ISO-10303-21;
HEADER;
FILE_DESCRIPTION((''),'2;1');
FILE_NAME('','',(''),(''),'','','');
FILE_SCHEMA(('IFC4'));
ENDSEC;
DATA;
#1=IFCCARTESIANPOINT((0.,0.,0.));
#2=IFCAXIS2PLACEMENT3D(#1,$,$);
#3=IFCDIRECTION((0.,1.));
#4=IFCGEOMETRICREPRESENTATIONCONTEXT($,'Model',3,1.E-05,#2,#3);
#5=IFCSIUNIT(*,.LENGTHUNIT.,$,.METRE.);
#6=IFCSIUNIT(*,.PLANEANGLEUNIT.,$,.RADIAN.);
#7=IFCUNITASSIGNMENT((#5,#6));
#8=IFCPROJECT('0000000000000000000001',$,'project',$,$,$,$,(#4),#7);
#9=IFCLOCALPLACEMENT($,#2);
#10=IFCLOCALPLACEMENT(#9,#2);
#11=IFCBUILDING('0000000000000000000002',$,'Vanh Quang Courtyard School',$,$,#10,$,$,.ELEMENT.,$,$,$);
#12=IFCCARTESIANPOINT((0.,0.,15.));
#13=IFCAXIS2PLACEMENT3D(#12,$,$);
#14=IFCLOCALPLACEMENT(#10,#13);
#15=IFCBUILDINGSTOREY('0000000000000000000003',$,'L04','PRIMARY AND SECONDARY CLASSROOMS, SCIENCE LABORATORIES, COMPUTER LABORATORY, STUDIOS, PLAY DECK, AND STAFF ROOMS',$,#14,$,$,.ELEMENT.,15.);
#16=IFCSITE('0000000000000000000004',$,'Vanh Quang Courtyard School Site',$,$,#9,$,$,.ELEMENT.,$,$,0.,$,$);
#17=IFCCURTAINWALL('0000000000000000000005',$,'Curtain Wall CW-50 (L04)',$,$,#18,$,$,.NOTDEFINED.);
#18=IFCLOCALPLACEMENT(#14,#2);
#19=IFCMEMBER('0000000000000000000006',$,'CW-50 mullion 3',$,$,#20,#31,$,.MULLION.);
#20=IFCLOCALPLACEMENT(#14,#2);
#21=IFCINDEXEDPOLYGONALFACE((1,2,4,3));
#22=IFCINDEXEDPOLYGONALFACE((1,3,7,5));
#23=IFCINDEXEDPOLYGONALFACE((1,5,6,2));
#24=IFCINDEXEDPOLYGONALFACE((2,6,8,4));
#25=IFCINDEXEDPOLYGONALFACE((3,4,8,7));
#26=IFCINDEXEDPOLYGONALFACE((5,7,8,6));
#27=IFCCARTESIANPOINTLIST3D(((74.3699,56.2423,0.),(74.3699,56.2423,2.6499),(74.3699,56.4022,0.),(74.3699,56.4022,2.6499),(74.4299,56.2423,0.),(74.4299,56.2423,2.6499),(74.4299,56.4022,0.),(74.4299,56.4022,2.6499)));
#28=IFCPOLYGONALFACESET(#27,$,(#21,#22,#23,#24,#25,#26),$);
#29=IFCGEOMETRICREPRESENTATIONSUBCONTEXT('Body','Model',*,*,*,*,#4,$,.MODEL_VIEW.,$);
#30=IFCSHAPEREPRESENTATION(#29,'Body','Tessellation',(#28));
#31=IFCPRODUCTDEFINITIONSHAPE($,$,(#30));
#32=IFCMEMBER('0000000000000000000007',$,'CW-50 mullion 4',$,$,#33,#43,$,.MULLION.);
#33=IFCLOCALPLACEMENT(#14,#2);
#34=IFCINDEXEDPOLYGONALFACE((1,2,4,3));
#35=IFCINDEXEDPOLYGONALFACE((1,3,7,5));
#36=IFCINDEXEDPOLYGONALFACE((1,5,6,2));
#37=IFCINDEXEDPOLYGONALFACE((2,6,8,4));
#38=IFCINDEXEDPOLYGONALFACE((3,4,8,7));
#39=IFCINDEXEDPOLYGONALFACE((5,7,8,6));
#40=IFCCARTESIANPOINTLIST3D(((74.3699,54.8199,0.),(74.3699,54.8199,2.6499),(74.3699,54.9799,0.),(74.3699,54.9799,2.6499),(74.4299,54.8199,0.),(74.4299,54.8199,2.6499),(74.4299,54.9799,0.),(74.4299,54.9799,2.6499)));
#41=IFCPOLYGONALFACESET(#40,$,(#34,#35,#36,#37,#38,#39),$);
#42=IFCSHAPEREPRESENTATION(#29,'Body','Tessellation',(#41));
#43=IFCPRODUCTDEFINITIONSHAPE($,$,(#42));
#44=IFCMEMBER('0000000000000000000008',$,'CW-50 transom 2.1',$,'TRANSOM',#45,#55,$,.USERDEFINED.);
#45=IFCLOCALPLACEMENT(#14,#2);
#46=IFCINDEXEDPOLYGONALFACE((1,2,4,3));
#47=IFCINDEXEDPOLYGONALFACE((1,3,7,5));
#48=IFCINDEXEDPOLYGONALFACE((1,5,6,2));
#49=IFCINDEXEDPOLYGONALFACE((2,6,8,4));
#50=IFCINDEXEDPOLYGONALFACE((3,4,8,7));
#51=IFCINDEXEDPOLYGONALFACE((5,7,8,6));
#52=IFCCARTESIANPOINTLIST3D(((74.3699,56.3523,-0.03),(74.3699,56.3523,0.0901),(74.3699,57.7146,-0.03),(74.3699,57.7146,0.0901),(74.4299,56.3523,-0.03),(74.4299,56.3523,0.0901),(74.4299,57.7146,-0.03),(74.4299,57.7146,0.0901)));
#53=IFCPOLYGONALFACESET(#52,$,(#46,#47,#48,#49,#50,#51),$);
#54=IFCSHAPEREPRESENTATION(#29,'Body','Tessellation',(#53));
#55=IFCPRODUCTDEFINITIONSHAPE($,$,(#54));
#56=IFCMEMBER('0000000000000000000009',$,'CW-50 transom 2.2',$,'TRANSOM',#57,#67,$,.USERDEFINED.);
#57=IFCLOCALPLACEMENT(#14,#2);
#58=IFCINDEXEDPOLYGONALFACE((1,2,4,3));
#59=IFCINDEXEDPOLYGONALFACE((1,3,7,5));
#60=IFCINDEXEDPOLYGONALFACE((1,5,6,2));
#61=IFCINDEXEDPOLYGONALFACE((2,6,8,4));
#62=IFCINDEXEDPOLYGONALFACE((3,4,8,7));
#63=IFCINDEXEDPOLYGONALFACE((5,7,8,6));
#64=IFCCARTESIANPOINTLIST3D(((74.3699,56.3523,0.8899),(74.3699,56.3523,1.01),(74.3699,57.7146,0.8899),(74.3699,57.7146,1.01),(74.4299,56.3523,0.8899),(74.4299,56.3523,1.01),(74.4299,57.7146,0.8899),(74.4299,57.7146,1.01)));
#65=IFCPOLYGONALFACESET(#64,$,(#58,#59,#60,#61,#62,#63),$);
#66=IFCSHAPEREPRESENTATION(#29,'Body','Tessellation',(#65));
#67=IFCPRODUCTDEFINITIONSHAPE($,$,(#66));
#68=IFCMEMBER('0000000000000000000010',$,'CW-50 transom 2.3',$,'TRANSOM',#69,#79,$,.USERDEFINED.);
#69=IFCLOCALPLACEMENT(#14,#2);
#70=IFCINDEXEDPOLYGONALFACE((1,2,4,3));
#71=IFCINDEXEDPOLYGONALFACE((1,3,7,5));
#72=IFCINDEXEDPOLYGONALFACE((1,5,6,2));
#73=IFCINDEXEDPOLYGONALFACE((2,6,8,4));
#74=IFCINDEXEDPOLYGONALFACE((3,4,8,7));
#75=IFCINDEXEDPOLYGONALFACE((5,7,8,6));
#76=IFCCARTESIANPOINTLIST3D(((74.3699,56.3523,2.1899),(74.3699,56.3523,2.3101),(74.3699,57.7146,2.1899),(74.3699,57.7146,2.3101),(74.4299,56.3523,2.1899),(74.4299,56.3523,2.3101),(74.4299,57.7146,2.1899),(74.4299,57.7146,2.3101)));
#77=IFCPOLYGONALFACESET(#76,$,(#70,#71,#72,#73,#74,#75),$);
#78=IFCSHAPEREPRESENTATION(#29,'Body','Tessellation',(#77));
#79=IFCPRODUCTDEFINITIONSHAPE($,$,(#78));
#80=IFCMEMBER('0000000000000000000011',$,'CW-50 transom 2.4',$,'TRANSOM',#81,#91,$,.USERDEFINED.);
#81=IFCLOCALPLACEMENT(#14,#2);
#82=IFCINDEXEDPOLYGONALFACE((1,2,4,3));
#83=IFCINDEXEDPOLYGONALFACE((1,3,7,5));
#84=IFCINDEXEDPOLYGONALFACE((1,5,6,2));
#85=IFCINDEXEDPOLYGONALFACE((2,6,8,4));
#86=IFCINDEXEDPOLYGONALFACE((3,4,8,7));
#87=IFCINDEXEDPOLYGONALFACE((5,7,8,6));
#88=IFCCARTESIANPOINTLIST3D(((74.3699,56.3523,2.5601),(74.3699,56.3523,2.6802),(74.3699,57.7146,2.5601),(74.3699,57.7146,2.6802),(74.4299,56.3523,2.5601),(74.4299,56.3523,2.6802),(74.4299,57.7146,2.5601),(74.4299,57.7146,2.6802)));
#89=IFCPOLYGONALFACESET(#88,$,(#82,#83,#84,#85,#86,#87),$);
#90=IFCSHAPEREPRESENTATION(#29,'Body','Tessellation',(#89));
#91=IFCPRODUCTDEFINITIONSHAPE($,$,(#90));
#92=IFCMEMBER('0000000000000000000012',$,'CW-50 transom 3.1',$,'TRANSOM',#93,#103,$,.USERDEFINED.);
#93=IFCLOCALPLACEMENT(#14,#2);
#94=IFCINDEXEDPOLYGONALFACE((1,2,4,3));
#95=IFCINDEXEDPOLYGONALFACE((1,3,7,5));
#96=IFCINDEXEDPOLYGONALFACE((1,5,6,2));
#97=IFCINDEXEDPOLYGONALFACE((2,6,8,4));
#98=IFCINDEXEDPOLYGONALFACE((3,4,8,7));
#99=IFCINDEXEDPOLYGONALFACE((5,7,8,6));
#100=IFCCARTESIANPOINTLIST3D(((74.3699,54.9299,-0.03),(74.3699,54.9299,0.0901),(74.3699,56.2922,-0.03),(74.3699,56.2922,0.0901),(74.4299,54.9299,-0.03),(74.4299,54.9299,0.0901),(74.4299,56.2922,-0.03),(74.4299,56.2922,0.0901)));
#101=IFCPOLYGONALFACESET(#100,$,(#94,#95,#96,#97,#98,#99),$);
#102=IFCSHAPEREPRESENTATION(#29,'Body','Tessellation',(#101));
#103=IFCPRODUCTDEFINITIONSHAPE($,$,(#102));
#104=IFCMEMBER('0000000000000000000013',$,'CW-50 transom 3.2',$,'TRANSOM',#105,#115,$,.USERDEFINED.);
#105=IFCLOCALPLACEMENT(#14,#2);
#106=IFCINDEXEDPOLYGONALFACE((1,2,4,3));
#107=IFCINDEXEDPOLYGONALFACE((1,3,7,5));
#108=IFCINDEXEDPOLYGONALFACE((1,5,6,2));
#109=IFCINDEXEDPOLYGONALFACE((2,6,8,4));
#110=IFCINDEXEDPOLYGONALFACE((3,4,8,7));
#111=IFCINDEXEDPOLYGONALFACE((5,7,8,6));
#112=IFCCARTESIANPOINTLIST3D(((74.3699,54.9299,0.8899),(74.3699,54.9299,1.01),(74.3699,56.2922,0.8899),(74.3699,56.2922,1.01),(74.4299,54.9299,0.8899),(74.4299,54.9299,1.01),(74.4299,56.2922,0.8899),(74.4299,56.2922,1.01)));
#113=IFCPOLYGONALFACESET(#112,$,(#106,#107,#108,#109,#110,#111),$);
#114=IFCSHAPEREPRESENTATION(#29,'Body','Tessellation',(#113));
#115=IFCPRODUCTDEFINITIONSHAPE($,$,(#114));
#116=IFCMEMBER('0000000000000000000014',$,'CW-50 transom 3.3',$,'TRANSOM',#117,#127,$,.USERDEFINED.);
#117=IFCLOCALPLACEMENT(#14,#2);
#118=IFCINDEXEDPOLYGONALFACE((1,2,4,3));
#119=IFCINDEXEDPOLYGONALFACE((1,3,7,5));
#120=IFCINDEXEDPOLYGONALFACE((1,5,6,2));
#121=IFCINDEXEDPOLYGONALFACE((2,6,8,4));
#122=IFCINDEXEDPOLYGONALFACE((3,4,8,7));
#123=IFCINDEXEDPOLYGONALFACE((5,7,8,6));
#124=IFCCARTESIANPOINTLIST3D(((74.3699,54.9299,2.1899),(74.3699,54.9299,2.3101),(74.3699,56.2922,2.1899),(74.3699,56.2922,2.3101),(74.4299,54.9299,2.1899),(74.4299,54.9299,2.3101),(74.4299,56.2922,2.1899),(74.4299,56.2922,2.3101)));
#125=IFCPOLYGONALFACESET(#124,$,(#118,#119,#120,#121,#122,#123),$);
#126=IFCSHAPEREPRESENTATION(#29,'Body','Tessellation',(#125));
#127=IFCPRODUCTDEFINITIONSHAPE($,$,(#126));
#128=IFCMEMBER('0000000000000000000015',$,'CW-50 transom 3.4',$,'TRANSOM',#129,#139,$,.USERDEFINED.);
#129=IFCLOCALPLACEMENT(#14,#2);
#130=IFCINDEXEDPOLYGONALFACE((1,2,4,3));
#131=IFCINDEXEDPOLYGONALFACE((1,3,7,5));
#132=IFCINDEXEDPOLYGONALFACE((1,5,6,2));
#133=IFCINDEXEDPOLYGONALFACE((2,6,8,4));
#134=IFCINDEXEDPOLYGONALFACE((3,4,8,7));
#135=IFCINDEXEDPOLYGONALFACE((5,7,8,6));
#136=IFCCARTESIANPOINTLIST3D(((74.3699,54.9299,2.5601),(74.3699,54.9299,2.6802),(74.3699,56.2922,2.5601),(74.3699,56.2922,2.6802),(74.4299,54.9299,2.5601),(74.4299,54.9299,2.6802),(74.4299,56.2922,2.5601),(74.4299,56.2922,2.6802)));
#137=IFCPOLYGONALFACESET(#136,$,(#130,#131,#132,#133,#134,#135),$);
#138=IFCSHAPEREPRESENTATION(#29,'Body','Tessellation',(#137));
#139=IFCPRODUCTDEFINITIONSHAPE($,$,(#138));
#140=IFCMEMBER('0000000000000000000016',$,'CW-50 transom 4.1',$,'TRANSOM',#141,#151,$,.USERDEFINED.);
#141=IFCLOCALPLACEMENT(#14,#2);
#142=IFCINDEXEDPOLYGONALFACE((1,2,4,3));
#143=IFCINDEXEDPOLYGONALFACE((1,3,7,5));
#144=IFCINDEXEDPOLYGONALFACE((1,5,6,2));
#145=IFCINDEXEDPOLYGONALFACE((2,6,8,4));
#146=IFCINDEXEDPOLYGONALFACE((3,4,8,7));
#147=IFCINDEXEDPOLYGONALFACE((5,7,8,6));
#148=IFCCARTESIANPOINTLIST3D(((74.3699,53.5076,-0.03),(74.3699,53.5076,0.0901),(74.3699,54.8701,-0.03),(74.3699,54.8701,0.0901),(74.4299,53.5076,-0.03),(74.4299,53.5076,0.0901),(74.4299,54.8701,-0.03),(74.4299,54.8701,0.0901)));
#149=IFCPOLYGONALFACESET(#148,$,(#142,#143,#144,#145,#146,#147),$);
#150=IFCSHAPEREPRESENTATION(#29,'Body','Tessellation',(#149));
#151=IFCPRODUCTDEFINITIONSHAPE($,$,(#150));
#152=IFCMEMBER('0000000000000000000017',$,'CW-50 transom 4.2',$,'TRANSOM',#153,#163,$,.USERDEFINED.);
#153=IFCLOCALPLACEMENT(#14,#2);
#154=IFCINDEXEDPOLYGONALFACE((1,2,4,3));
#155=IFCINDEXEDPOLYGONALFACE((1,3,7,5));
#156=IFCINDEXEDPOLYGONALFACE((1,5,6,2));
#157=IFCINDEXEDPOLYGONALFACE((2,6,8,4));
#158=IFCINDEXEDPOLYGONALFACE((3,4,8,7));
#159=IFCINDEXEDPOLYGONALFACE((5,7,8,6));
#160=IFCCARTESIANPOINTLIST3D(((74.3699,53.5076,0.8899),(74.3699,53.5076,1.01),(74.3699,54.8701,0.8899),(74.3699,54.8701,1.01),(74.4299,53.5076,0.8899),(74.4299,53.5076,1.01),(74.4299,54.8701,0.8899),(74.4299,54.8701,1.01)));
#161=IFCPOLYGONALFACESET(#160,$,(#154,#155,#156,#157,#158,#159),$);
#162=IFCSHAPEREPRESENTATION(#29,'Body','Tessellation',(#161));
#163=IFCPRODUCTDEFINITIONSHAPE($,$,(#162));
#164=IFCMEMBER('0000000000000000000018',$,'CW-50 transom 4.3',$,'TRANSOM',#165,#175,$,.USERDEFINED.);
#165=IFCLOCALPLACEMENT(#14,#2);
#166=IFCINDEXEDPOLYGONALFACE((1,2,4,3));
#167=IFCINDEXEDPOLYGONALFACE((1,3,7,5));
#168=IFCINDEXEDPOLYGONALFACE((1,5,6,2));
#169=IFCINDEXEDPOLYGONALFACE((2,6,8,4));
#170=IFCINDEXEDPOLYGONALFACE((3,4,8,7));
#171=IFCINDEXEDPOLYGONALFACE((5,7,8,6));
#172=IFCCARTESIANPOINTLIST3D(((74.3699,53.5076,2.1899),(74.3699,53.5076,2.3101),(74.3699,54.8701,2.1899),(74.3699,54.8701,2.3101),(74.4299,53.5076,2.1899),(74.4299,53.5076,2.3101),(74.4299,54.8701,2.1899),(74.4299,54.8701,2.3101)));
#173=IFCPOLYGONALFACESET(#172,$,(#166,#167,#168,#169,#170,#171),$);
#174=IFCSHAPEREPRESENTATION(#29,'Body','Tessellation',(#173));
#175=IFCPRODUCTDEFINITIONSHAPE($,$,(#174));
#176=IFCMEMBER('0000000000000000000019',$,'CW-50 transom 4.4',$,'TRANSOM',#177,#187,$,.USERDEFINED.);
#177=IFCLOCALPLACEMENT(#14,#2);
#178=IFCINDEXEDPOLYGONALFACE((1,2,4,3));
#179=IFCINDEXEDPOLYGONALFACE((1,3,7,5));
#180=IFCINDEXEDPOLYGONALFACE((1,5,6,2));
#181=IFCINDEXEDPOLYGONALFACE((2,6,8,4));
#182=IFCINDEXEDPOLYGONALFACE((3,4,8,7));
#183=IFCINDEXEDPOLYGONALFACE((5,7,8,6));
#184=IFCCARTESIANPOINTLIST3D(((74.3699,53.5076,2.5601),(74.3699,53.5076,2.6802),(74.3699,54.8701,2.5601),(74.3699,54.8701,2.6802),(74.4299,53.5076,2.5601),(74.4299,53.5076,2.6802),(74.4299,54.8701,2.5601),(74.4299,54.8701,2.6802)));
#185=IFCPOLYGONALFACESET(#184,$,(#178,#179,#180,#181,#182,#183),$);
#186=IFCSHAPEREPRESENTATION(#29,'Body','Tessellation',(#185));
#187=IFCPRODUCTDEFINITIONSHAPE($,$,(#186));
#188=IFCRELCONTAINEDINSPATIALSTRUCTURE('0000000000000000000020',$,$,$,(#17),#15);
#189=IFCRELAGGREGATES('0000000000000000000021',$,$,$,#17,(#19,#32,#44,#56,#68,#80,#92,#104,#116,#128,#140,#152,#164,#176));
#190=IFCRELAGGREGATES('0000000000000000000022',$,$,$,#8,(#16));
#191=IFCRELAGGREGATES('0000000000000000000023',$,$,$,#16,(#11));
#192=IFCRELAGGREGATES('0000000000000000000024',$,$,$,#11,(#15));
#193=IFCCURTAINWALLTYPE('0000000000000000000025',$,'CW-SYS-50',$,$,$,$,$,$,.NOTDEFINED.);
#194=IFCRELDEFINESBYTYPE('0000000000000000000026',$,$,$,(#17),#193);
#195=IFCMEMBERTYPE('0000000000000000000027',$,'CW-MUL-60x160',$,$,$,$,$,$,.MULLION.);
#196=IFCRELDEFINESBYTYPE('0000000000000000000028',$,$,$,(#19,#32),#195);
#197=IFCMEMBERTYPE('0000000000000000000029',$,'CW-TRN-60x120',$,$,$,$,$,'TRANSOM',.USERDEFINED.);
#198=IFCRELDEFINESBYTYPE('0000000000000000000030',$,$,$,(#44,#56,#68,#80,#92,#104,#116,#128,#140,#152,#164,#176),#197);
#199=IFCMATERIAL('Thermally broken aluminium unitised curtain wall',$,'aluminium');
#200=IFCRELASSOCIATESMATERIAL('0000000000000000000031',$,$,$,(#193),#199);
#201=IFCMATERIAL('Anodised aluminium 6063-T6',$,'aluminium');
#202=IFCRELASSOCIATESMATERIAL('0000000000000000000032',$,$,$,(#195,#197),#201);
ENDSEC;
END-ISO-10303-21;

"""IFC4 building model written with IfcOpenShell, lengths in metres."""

from ifc_helpers import new_model, si_unit, direction, frame, origin, origin_2d, place, context, subcontext, project, spatial, rectangle, extrude, material, material_profile, profile_set, type_object, element, aggregate, save


model = new_model("IFC4")

# Units and contexts
model_context = context("Model", 3, precision=1e-05, world=origin(), true_north=direction((0.0, 1.0)))
body_context = subcontext(model_context, "Body", "Model", "MODEL_VIEW")
ifc_project = project(units=[si_unit("LENGTHUNIT", "METRE"), si_unit("PLANEANGLEUNIT", "RADIAN")], contexts=[model_context])

# Site, building, storey
site_placement = place(None, origin())
site = spatial("IfcSite", under=ifc_project, at=site_placement, Name="Vanh Quang Courtyard School Site", CompositionType="ELEMENT", RefElevation=0.0)
building_placement = place(site_placement, origin())
building = spatial("IfcBuilding", under=site, at=building_placement, Name="Vanh Quang Courtyard School", CompositionType="ELEMENT")
storey_placement = place(building_placement, frame((0.0, 0.0, 15.0)))
storey = spatial("IfcBuildingStorey", under=building, at=storey_placement, Name="L04", Description="PRIMARY AND SECONDARY CLASSROOMS, SCIENCE LABORATORIES, COMPUTER LABORATORY, STUDIOS, PLAY DECK, AND STAFF ROOMS", CompositionType="ELEMENT", Elevation=15.0)

# Curtain wall, members
ifc_material_1 = material(Name="Thermally broken aluminium unitised curtain wall", Category="aluminium")
curtain_wall_type = type_object("IfcCurtainWallType", Name="CW-SYS-50", PredefinedType="NOTDEFINED", material=ifc_material_1)
curtain_wall_placement = place(storey_placement, origin())
curtain_wall = element("IfcCurtainWall", 1, at=curtain_wall_placement, inside=storey, type_object=curtain_wall_type, Name="Curtain Wall CW-50 (L04)", PredefinedType="NOTDEFINED")
ifc_material_2 = material(Name="Anodised aluminium 6063-T6", Category="aluminium")
ifc_material_profile_1 = material_profile(ifc_material_2, rectangle(XDim=0.0601, YDim=0.1599, at=origin_2d()), Name="ALU-MUL 60x160")
ifc_profile_set_1 = profile_set([ifc_material_profile_1], Name="Anodised aluminium 6063-T6")
member_type_1 = type_object("IfcMemberType", Name="CW-MUL-60x160", PredefinedType="MULLION", material=ifc_profile_set_1)
member_1_placement = place(storey_placement, frame((74.3999, 56.3223, 0.0), z_axis=(0.0, 0.0, 1.0), x_axis=(1.0, 0.0, 0.0)))
member_1 = element("IfcMember", 2, at=member_1_placement, type_object=member_type_1, Name="CW-50 mullion 3", PredefinedType="MULLION", context=body_context, shape_type="SweptSolid", body=[
    extrude(rectangle(XDim=0.0601, YDim=0.1599, at=origin_2d()), origin(), (0.0, 0.0, 1.0), 2.6499),
])
member_2_placement = place(storey_placement, frame((74.3999, 54.8999, 0.0), z_axis=(0.0, 0.0, 1.0), x_axis=(1.0, 0.0, 0.0)))
member_2 = element("IfcMember", 3, at=member_2_placement, type_object=member_type_1, Name="CW-50 mullion 4", PredefinedType="MULLION", context=body_context, shape_type="SweptSolid", body=[
    extrude(rectangle(XDim=0.0601, YDim=0.1599, at=origin_2d()), origin(), (0.0, 0.0, 1.0), 2.6499),
])
ifc_material_profile_2 = material_profile(ifc_material_2, rectangle(XDim=0.0601, YDim=0.1201, at=origin_2d()), Name="ALU-TRN 60x120")
ifc_profile_set_2 = profile_set([ifc_material_profile_2], Name="Anodised aluminium 6063-T6")
member_type_2 = type_object("IfcMemberType", Name="CW-TRN-60x120", ElementType="TRANSOM", PredefinedType="USERDEFINED", material=ifc_profile_set_2)
member_3_placement = place(storey_placement, frame((74.3999, 57.7146, 0.03), z_axis=(0.0, -1.0, 0.0), x_axis=(1.0, 0.0, 0.0)))
member_3 = element("IfcMember", 4, at=member_3_placement, type_object=member_type_2, Name="CW-50 transom 2.1", ObjectType="TRANSOM", PredefinedType="USERDEFINED", context=body_context, shape_type="SweptSolid", body=[
    extrude(rectangle(XDim=0.0601, YDim=0.1201, at=origin_2d()), origin(), (0.0, 0.0, 1.0), 1.3623),
])
member_4_placement = place(storey_placement, frame((74.3999, 57.7146, 0.95), z_axis=(0.0, -1.0, 0.0), x_axis=(1.0, 0.0, 0.0)))
member_4 = element("IfcMember", 5, at=member_4_placement, type_object=member_type_2, Name="CW-50 transom 2.2", ObjectType="TRANSOM", PredefinedType="USERDEFINED", context=body_context, shape_type="SweptSolid", body=[
    extrude(rectangle(XDim=0.0601, YDim=0.1201, at=origin_2d()), origin(), (0.0, 0.0, 1.0), 1.3623),
])
member_5_placement = place(storey_placement, frame((74.3999, 57.7146, 2.25), z_axis=(0.0, -1.0, 0.0), x_axis=(1.0, 0.0, 0.0)))
member_5 = element("IfcMember", 6, at=member_5_placement, type_object=member_type_2, Name="CW-50 transom 2.3", ObjectType="TRANSOM", PredefinedType="USERDEFINED", context=body_context, shape_type="SweptSolid", body=[
    extrude(rectangle(XDim=0.0601, YDim=0.1201, at=origin_2d()), origin(), (0.0, 0.0, 1.0), 1.3623),
])
member_6_placement = place(storey_placement, frame((74.3999, 57.7146, 2.6201), z_axis=(0.0, -1.0, 0.0), x_axis=(1.0, 0.0, 0.0)))
member_6 = element("IfcMember", 7, at=member_6_placement, type_object=member_type_2, Name="CW-50 transom 2.4", ObjectType="TRANSOM", PredefinedType="USERDEFINED", context=body_context, shape_type="SweptSolid", body=[
    extrude(rectangle(XDim=0.0601, YDim=0.1201, at=origin_2d()), origin(), (0.0, 0.0, 1.0), 1.3623),
])
member_7_placement = place(storey_placement, frame((74.3999, 56.2922, 0.03), z_axis=(0.0, -1.0, 0.0), x_axis=(1.0, 0.0, 0.0)))
member_7 = element("IfcMember", 8, at=member_7_placement, type_object=member_type_2, Name="CW-50 transom 3.1", ObjectType="TRANSOM", PredefinedType="USERDEFINED", context=body_context, shape_type="SweptSolid", body=[
    extrude(rectangle(XDim=0.0601, YDim=0.1201, at=origin_2d()), origin(), (0.0, 0.0, 1.0), 1.3623),
])
member_8_placement = place(storey_placement, frame((74.3999, 56.2922, 0.95), z_axis=(0.0, -1.0, 0.0), x_axis=(1.0, 0.0, 0.0)))
member_8 = element("IfcMember", 9, at=member_8_placement, type_object=member_type_2, Name="CW-50 transom 3.2", ObjectType="TRANSOM", PredefinedType="USERDEFINED", context=body_context, shape_type="SweptSolid", body=[
    extrude(rectangle(XDim=0.0601, YDim=0.1201, at=origin_2d()), origin(), (0.0, 0.0, 1.0), 1.3623),
])
member_9_placement = place(storey_placement, frame((74.3999, 56.2922, 2.25), z_axis=(0.0, -1.0, 0.0), x_axis=(1.0, 0.0, 0.0)))
member_9 = element("IfcMember", 10, at=member_9_placement, type_object=member_type_2, Name="CW-50 transom 3.3", ObjectType="TRANSOM", PredefinedType="USERDEFINED", context=body_context, shape_type="SweptSolid", body=[
    extrude(rectangle(XDim=0.0601, YDim=0.1201, at=origin_2d()), origin(), (0.0, 0.0, 1.0), 1.3623),
])
member_10_placement = place(storey_placement, frame((74.3999, 56.2922, 2.6201), z_axis=(0.0, -1.0, 0.0), x_axis=(1.0, 0.0, 0.0)))
member_10 = element("IfcMember", 11, at=member_10_placement, type_object=member_type_2, Name="CW-50 transom 3.4", ObjectType="TRANSOM", PredefinedType="USERDEFINED", context=body_context, shape_type="SweptSolid", body=[
    extrude(rectangle(XDim=0.0601, YDim=0.1201, at=origin_2d()), origin(), (0.0, 0.0, 1.0), 1.3623),
])
member_11_placement = place(storey_placement, frame((74.3999, 54.8701, 0.03), z_axis=(0.0, -1.0, 0.0), x_axis=(1.0, 0.0, 0.0)))
member_11 = element("IfcMember", 12, at=member_11_placement, type_object=member_type_2, Name="CW-50 transom 4.1", ObjectType="TRANSOM", PredefinedType="USERDEFINED", context=body_context, shape_type="SweptSolid", body=[
    extrude(rectangle(XDim=0.0601, YDim=0.1201, at=origin_2d()), origin(), (0.0, 0.0, 1.0), 1.3625),
])
member_12_placement = place(storey_placement, frame((74.3999, 54.8701, 0.95), z_axis=(0.0, -1.0, 0.0), x_axis=(1.0, 0.0, 0.0)))
member_12 = element("IfcMember", 13, at=member_12_placement, type_object=member_type_2, Name="CW-50 transom 4.2", ObjectType="TRANSOM", PredefinedType="USERDEFINED", context=body_context, shape_type="SweptSolid", body=[
    extrude(rectangle(XDim=0.0601, YDim=0.1201, at=origin_2d()), origin(), (0.0, 0.0, 1.0), 1.3625),
])
member_13_placement = place(storey_placement, frame((74.3999, 54.8701, 2.25), z_axis=(0.0, -1.0, 0.0), x_axis=(1.0, 0.0, 0.0)))
member_13 = element("IfcMember", 14, at=member_13_placement, type_object=member_type_2, Name="CW-50 transom 4.3", ObjectType="TRANSOM", PredefinedType="USERDEFINED", context=body_context, shape_type="SweptSolid", body=[
    extrude(rectangle(XDim=0.0601, YDim=0.1201, at=origin_2d()), origin(), (0.0, 0.0, 1.0), 1.3625),
])
member_14_placement = place(storey_placement, frame((74.3999, 54.8701, 2.6201), z_axis=(0.0, -1.0, 0.0), x_axis=(1.0, 0.0, 0.0)))
member_14 = element("IfcMember", 15, at=member_14_placement, type_object=member_type_2, Name="CW-50 transom 4.4", ObjectType="TRANSOM", PredefinedType="USERDEFINED", context=body_context, shape_type="SweptSolid", body=[
    extrude(rectangle(XDim=0.0601, YDim=0.1201, at=origin_2d()), origin(), (0.0, 0.0, 1.0), 1.3625),
])
aggregate(curtain_wall, [member_1, member_2, member_3, member_4, member_5, member_6, member_7, member_8, member_9, member_10, member_11, member_12, member_13, member_14])

save(model, "model.ifc")
